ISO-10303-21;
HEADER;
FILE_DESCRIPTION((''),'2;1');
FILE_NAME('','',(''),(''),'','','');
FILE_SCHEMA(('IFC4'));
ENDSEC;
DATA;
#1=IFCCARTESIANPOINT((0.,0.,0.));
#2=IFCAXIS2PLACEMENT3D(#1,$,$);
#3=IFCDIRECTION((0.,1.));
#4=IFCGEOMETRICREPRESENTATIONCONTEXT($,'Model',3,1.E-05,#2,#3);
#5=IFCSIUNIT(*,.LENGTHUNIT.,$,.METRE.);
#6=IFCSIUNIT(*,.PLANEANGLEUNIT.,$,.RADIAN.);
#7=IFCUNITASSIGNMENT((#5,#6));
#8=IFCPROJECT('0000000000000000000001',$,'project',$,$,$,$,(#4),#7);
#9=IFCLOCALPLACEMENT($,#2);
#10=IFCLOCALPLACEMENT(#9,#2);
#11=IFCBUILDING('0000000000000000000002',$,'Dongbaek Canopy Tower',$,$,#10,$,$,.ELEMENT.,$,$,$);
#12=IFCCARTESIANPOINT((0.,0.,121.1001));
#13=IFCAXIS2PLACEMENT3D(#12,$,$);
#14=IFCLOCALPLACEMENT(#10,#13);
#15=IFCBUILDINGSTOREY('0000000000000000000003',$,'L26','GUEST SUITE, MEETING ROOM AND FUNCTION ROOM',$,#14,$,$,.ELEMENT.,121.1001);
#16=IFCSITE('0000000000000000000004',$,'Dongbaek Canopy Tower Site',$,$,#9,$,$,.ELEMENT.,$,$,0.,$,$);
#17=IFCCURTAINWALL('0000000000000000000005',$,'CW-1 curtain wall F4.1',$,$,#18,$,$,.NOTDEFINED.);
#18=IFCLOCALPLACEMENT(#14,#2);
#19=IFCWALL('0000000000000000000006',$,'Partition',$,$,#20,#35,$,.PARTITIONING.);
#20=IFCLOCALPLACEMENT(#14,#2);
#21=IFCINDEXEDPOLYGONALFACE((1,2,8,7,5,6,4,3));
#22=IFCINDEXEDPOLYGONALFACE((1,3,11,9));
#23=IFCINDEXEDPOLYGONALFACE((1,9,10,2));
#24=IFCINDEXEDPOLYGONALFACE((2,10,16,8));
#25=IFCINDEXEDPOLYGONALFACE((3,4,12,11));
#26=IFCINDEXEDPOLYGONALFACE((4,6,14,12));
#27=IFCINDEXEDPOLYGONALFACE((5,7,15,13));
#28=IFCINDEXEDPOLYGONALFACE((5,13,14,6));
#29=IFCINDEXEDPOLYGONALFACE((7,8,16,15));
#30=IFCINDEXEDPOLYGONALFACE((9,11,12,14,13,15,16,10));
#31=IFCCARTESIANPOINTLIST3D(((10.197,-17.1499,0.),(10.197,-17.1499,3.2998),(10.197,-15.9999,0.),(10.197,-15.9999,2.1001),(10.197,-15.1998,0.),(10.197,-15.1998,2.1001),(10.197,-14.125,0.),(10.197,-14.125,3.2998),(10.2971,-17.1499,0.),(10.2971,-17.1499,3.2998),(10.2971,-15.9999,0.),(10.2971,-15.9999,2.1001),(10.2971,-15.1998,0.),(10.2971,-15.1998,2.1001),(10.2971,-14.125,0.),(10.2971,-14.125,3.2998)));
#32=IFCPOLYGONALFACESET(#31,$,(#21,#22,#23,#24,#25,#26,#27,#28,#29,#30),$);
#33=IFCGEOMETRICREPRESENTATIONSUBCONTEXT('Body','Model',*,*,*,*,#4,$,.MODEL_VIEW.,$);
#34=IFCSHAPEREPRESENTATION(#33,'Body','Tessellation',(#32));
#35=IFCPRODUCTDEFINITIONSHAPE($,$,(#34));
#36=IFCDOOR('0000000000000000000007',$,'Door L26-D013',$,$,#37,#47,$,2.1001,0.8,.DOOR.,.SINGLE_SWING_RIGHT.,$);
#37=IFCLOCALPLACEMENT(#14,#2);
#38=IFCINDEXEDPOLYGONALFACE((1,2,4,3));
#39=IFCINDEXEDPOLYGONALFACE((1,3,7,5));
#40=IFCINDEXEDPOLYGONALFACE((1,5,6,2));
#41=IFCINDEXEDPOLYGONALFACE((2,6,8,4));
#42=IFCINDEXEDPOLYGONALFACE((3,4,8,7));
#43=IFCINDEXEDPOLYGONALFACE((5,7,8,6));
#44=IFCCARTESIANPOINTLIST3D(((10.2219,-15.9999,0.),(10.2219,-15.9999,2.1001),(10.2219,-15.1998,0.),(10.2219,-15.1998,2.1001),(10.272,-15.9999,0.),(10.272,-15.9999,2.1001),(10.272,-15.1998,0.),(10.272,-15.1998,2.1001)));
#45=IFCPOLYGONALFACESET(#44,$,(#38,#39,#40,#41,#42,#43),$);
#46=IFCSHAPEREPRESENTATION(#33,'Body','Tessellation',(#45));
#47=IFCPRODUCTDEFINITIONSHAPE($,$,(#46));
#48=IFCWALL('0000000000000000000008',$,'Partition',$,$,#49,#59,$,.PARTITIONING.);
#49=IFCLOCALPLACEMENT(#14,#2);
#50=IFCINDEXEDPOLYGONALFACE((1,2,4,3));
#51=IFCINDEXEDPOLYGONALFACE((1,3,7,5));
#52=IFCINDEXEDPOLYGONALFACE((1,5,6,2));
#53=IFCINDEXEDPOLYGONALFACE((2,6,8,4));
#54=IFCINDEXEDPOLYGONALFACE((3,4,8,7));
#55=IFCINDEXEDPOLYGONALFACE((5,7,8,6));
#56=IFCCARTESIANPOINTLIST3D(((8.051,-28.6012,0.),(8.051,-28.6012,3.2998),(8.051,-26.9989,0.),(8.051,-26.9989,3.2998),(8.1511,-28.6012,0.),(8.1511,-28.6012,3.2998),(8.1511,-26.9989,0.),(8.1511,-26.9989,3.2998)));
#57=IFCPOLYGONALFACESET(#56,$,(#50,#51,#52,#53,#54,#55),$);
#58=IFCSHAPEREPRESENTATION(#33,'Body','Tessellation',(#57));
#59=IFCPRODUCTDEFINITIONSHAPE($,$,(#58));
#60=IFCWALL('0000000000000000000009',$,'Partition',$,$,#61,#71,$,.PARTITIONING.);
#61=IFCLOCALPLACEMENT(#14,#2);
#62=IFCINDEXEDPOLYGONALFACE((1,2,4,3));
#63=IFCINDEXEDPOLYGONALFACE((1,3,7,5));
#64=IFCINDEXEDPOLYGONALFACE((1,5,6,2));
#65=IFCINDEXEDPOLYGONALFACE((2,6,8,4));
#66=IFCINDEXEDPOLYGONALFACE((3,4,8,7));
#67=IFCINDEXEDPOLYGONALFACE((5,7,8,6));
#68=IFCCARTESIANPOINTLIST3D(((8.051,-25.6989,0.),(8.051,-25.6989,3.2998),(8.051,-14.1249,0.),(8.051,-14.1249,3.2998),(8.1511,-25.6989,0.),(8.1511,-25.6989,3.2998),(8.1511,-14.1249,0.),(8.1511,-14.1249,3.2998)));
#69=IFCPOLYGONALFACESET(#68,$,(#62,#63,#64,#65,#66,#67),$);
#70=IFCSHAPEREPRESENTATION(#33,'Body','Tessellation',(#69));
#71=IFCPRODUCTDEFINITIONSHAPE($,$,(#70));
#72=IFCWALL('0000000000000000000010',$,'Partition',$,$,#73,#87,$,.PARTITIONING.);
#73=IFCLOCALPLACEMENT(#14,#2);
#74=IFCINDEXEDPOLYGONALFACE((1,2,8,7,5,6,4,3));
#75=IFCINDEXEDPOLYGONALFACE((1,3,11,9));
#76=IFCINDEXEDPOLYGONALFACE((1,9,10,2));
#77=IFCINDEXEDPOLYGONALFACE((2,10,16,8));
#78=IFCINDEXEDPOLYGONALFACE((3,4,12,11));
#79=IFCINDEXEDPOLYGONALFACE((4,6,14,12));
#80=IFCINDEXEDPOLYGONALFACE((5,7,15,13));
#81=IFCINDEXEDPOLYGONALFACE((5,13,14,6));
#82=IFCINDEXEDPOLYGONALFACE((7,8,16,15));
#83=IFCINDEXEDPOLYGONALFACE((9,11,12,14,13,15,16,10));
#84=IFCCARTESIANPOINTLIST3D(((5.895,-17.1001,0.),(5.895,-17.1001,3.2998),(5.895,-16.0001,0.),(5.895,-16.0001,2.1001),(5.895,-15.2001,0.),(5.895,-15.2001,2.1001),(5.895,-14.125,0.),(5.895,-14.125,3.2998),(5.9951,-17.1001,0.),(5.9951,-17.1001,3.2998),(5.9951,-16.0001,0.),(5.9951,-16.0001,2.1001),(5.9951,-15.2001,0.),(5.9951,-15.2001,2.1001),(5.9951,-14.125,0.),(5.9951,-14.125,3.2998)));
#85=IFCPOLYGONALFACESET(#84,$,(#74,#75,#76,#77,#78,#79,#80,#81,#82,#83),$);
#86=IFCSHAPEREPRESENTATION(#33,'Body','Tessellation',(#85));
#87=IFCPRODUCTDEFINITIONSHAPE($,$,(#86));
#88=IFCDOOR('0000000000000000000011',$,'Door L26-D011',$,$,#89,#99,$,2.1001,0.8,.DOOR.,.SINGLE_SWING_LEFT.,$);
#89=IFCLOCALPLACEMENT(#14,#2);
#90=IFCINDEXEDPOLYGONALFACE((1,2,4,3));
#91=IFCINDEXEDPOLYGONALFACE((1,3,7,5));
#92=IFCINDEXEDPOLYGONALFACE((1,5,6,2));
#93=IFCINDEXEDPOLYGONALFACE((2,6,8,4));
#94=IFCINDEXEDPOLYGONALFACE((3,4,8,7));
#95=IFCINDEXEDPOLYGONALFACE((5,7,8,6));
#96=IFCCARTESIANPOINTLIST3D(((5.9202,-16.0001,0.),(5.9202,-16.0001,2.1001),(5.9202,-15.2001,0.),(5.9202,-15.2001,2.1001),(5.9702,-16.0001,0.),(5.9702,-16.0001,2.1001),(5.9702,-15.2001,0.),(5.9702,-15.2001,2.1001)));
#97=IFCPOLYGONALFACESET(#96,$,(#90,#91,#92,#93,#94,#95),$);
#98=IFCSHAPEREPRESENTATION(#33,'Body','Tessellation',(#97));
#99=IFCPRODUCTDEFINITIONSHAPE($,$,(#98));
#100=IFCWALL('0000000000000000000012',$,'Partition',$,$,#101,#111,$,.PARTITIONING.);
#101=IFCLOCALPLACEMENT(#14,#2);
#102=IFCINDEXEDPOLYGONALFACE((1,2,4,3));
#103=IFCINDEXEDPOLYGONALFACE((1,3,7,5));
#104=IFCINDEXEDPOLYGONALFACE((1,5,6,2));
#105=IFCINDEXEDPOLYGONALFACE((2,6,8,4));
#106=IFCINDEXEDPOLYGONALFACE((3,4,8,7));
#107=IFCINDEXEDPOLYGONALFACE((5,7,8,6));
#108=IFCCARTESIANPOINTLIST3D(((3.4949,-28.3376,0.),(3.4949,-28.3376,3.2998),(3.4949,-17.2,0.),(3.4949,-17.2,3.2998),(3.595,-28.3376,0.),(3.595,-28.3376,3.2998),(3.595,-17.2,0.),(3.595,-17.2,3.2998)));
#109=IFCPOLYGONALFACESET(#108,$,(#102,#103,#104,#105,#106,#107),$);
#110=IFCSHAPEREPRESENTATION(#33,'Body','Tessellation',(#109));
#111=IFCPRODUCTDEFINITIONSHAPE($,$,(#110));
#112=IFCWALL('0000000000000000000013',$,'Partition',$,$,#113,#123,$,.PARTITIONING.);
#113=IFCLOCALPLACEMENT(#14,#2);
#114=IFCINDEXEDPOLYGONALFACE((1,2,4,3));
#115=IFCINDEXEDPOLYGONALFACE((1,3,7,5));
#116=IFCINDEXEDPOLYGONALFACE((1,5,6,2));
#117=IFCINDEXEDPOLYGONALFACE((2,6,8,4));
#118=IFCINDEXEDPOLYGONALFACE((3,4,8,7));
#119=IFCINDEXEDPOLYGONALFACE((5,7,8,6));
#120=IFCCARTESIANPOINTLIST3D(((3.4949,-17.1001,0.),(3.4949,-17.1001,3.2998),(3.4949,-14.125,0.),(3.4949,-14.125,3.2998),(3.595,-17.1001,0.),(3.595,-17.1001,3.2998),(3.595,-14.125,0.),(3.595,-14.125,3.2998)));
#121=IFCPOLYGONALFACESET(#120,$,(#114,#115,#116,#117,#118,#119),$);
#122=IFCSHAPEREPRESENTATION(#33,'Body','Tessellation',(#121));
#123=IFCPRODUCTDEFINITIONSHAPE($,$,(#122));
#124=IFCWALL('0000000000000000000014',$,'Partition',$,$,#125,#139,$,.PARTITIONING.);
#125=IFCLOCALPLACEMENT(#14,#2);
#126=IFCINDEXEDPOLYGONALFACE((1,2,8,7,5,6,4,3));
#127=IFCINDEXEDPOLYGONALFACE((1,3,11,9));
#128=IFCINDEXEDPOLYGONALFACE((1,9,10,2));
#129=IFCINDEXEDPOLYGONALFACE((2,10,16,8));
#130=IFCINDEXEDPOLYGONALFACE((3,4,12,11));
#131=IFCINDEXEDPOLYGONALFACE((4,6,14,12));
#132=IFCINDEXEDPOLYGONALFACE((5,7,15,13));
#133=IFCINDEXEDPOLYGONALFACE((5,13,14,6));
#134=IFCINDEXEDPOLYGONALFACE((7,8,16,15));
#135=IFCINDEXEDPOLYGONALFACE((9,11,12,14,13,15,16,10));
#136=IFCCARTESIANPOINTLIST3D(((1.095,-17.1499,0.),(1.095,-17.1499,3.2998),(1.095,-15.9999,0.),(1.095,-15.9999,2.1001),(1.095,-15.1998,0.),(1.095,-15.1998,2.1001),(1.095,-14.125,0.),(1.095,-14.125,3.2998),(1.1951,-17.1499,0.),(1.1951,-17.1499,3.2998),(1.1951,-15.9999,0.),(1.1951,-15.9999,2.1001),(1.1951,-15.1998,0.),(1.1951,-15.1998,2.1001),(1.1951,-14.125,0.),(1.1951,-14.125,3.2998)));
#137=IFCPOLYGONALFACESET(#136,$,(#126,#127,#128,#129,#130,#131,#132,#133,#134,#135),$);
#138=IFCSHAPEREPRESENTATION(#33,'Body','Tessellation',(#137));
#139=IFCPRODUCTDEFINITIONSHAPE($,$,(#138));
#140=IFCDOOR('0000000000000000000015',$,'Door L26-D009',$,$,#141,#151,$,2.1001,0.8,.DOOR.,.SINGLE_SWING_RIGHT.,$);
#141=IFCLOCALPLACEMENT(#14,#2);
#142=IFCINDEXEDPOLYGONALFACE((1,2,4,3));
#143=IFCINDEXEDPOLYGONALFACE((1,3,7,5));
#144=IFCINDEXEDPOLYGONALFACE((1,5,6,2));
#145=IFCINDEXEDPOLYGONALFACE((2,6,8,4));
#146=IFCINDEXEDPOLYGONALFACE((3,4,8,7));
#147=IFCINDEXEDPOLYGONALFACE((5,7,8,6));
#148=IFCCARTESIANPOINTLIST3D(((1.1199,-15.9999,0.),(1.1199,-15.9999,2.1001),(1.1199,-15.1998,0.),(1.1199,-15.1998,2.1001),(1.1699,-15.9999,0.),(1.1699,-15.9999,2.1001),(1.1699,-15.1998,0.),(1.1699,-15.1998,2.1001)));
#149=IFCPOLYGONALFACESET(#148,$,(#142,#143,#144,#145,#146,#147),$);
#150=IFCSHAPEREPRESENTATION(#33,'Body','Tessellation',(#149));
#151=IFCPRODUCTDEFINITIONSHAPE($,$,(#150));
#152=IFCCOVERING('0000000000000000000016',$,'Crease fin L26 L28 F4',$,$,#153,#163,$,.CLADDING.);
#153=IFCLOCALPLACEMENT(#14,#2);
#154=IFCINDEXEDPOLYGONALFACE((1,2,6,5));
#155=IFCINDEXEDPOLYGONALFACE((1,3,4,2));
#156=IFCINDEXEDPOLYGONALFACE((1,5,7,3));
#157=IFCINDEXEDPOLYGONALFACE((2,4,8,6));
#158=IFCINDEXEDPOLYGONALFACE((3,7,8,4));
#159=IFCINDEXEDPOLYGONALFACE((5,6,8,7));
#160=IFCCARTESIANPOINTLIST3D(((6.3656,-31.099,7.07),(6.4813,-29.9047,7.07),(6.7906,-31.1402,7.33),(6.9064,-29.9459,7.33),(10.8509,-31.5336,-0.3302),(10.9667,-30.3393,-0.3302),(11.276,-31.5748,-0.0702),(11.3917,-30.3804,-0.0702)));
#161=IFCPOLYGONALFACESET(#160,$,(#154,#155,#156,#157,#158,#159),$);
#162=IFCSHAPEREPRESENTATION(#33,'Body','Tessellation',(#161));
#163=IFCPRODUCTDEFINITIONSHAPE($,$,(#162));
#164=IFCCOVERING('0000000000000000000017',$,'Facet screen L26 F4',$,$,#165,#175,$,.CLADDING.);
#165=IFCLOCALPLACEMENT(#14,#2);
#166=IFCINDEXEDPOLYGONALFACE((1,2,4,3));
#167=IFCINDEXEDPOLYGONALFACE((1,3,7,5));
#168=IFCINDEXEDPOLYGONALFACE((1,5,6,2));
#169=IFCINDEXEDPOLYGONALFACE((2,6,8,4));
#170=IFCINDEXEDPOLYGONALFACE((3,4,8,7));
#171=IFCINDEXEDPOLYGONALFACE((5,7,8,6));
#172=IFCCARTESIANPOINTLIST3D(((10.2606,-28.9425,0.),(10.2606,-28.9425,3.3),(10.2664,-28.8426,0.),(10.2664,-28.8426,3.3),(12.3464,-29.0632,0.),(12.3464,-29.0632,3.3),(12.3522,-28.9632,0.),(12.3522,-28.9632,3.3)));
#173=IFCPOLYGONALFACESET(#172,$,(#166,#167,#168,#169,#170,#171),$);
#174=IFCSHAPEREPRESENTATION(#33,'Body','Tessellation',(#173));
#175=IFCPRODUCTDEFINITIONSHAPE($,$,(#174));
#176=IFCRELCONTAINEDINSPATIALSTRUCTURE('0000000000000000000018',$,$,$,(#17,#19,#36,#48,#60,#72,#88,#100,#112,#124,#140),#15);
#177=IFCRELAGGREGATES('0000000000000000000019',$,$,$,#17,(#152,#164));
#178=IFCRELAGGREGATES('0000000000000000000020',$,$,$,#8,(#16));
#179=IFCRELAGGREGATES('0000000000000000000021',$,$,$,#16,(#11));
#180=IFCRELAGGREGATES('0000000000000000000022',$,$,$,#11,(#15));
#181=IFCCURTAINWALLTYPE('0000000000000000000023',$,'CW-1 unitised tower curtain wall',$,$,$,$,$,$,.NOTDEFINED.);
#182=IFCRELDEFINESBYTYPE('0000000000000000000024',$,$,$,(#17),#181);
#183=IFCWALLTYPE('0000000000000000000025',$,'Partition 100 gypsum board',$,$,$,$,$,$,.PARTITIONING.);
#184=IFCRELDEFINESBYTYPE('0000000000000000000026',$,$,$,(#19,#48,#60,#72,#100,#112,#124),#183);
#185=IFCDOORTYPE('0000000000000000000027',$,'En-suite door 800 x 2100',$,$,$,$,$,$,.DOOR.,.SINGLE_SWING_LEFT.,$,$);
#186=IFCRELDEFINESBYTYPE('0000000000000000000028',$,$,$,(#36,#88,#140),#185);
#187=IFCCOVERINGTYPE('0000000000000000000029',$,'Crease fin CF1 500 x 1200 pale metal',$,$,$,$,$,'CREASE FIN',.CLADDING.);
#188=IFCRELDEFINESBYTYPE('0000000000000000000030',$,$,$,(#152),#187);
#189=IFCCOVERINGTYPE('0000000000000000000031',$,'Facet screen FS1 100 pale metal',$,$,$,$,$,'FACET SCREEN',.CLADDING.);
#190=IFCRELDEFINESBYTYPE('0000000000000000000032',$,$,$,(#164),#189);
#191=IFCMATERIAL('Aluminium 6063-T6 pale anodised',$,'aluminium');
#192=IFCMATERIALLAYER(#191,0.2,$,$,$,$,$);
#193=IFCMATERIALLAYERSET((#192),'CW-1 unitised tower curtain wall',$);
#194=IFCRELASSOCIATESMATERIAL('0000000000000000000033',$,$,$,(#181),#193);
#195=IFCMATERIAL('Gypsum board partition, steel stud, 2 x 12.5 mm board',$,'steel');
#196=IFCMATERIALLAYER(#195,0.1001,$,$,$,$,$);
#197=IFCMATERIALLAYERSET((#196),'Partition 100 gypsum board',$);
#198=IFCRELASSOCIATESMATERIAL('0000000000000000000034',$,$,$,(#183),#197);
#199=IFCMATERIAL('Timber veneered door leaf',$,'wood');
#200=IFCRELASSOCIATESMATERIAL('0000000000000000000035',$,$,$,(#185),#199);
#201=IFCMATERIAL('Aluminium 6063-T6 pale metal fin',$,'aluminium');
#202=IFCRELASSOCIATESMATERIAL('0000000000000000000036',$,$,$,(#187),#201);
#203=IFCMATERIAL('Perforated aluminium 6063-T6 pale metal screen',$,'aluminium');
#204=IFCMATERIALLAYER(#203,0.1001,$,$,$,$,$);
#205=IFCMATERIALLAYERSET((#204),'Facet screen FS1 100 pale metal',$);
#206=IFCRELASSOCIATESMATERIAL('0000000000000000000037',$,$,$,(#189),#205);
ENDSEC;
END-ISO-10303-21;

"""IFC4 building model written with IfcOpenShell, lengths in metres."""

from ifc_helpers import new_model, si_unit, direction, frame, frame_2d, origin, origin_2d, place, context, subcontext, project, spatial, rectangle, extrude, material, layer, layer_set, material_profile, profile_set, type_object, element, fill, aggregate, save


model = new_model("IFC4")

# Units and contexts
model_context = context("Model", 3, precision=1e-05, world=origin(), true_north=direction((0.0, 1.0)))
body_context = subcontext(model_context, "Body", "Model", "MODEL_VIEW")
ifc_project = project(units=[si_unit("LENGTHUNIT", "METRE"), si_unit("PLANEANGLEUNIT", "RADIAN")], contexts=[model_context])

# Site, building, storey
site_placement = place(None, origin())
site = spatial("IfcSite", under=ifc_project, at=site_placement, Name="Dongbaek Canopy Tower Site", CompositionType="ELEMENT", RefElevation=0.0)
building_placement = place(site_placement, origin())
building = spatial("IfcBuilding", under=site, at=building_placement, Name="Dongbaek Canopy Tower", CompositionType="ELEMENT")
storey_placement = place(building_placement, frame((0.0, 0.0, 121.1001)))
storey = spatial("IfcBuildingStorey", under=building, at=storey_placement, Name="L26", Description="GUEST SUITE, MEETING ROOM AND FUNCTION ROOM", CompositionType="ELEMENT", Elevation=121.1001)

# Curtain wall
ifc_material_1 = material(Name="Aluminium 6063-T6 pale anodised", Category="aluminium")
ifc_layer_1 = layer(ifc_material_1, 0.2)
ifc_layer_set_1 = layer_set([ifc_layer_1], Name="CW-1 unitised tower curtain wall")
curtain_wall_type = type_object("IfcCurtainWallType", Name="CW-1 unitised tower curtain wall", PredefinedType="NOTDEFINED", material=ifc_layer_set_1)
curtain_wall_placement = place(storey_placement, origin())
curtain_wall = element("IfcCurtainWall", 1, at=curtain_wall_placement, inside=storey, type_object=curtain_wall_type, Name="CW-1 curtain wall F4.1", PredefinedType="NOTDEFINED")

# Shared definitions
ifc_material_2 = material(Name="Gypsum board partition, steel stud, 2 x 12.5 mm board", Category="steel")
ifc_layer_2 = layer(ifc_material_2, 0.1001)
ifc_layer_set_2 = layer_set([ifc_layer_2], Name="Partition 100 gypsum board")
wall_type = type_object("IfcWallType", Name="Partition 100 gypsum board", PredefinedType="PARTITIONING", material=ifc_layer_set_2)

# Wall, opening, door
wall_1_placement = place(storey_placement, frame((10.2471, -14.125, 0.0), z_axis=(0.0, 0.0, 1.0), x_axis=(0.0, -1.0, 0.0)))
wall_1 = element("IfcWall", 2, at=wall_1_placement, inside=storey, type_object=wall_type, Name="Partition", PredefinedType="PARTITIONING", context=body_context, shape_type="SweptSolid", body=[
    extrude(rectangle(XDim=3.0249, YDim=0.1001, at=frame_2d((1.5125, 0.0))), origin(), (0.0, 0.0, 1.0), 3.2998),
])
opening_1_placement = place(wall_1_placement, frame((1.075, 0.0, 0.0)))
opening_1 = element("IfcOpeningElement", 3, at=opening_1_placement, cuts=wall_1, PredefinedType="OPENING", context=body_context, shape_type="SweptSolid", body=[
    extrude(rectangle(XDim=0.8, YDim=2.1001, at=frame_2d((0.3999, 1.05))), frame((0.0, 0.0601, 0.0), z_axis=(0.0, -1.0, 0.0), x_axis=(1.0, 0.0, 0.0)), (0.0, 0.0, 1.0), 0.1201),
])
ifc_material_3 = material(Name="Timber veneered door leaf", Category="wood")
door_type = type_object("IfcDoorType", Name="En-suite door 800 x 2100", OperationType="SINGLE_SWING_LEFT", PredefinedType="DOOR", material=ifc_material_3)
door_1_placement = place(opening_1_placement, origin())
door_1 = element("IfcDoor", 4, at=door_1_placement, inside=storey, type_object=door_type, Name="Door L26-D013", OperationType="SINGLE_SWING_RIGHT", OverallHeight=2.1001, OverallWidth=0.8, PredefinedType="DOOR", context=body_context, shape_type="SweptSolid", body=[
    extrude(rectangle(XDim=0.8, YDim=2.1001, at=frame_2d((0.3999, 1.05))), frame((0.0, 0.0249, 0.0), z_axis=(0.0, -1.0, 0.0), x_axis=(1.0, 0.0, 0.0)), (0.0, 0.0, 1.0), 0.05),
])
fill(opening_1, door_1)

# Walls
wall_2_placement = place(storey_placement, frame((8.1011, -28.6013, 0.0), z_axis=(0.0, 0.0, 1.0), x_axis=(0.0, 1.0, 0.0)))
element("IfcWall", 5, at=wall_2_placement, inside=storey, type_object=wall_type, Name="Partition", PredefinedType="PARTITIONING", context=body_context, shape_type="SweptSolid", body=[
    extrude(rectangle(XDim=1.6023, YDim=0.1001, at=frame_2d((0.8013, 0.0))), origin(), (0.0, 0.0, 1.0), 3.2998),
])
wall_3_placement = place(storey_placement, frame((8.1011, -25.699, 0.0), z_axis=(0.0, 0.0, 1.0), x_axis=(0.0, 1.0, 0.0)))
element("IfcWall", 6, at=wall_3_placement, inside=storey, type_object=wall_type, Name="Partition", PredefinedType="PARTITIONING", context=body_context, shape_type="SweptSolid", body=[
    extrude(rectangle(XDim=11.574, YDim=0.1001, at=frame_2d((5.7871, 0.0))), origin(), (0.0, 0.0, 1.0), 3.2998),
])

# Wall, opening, door
wall_4_placement = place(storey_placement, frame((5.9451, -17.1001, 0.0), z_axis=(0.0, 0.0, 1.0), x_axis=(0.0, 1.0, 0.0)))
wall_4 = element("IfcWall", 7, at=wall_4_placement, inside=storey, type_object=wall_type, Name="Partition", PredefinedType="PARTITIONING", context=body_context, shape_type="SweptSolid", body=[
    extrude(rectangle(XDim=2.9751, YDim=0.1001, at=frame_2d((1.4875, 0.0))), origin(), (0.0, 0.0, 1.0), 3.2998),
])
opening_2_placement = place(wall_4_placement, frame((1.1001, 0.0, 0.0)))
opening_2 = element("IfcOpeningElement", 8, at=opening_2_placement, cuts=wall_4, PredefinedType="OPENING", context=body_context, shape_type="SweptSolid", body=[
    extrude(rectangle(XDim=0.8, YDim=2.1001, at=frame_2d((0.3999, 1.05))), frame((0.0, 0.0601, 0.0), z_axis=(0.0, -1.0, 0.0), x_axis=(1.0, 0.0, 0.0)), (0.0, 0.0, 1.0), 0.1201),
])
door_2_placement = place(opening_2_placement, origin())
door_2 = element("IfcDoor", 9, at=door_2_placement, inside=storey, type_object=door_type, Name="Door L26-D011", OperationType="SINGLE_SWING_LEFT", OverallHeight=2.1001, OverallWidth=0.8, PredefinedType="DOOR", context=body_context, shape_type="SweptSolid", body=[
    extrude(rectangle(XDim=0.8, YDim=2.1001, at=frame_2d((0.3999, 1.05))), frame((0.0, 0.0249, 0.0), z_axis=(0.0, -1.0, 0.0), x_axis=(1.0, 0.0, 0.0)), (0.0, 0.0, 1.0), 0.05),
])
fill(opening_2, door_2)

# Walls
wall_5_placement = place(storey_placement, frame((3.5449, -28.3376, 0.0), z_axis=(0.0, 0.0, 1.0), x_axis=(0.0, 1.0, 0.0)))
element("IfcWall", 10, at=wall_5_placement, inside=storey, type_object=wall_type, Name="Partition", PredefinedType="PARTITIONING", context=body_context, shape_type="SweptSolid", body=[
    extrude(rectangle(XDim=11.1377, YDim=0.1001, at=frame_2d((5.5688, 0.0))), origin(), (0.0, 0.0, 1.0), 3.2998),
])
wall_6_placement = place(storey_placement, frame((3.5449, -17.1001, 0.0), z_axis=(0.0, 0.0, 1.0), x_axis=(0.0, 1.0, 0.0)))
element("IfcWall", 11, at=wall_6_placement, inside=storey, type_object=wall_type, Name="Partition", PredefinedType="PARTITIONING", context=body_context, shape_type="SweptSolid", body=[
    extrude(rectangle(XDim=2.9751, YDim=0.1001, at=frame_2d((1.4875, 0.0))), origin(), (0.0, 0.0, 1.0), 3.2998),
])

# Wall, opening, door
wall_7_placement = place(storey_placement, frame((1.145, -14.125, 0.0), z_axis=(0.0, 0.0, 1.0), x_axis=(0.0, -1.0, 0.0)))
wall_7 = element("IfcWall", 12, at=wall_7_placement, inside=storey, type_object=wall_type, Name="Partition", PredefinedType="PARTITIONING", context=body_context, shape_type="SweptSolid", body=[
    extrude(rectangle(XDim=3.0249, YDim=0.1001, at=frame_2d((1.5125, 0.0))), origin(), (0.0, 0.0, 1.0), 3.2998),
])
opening_3_placement = place(wall_7_placement, frame((1.075, 0.0, 0.0)))
opening_3 = element("IfcOpeningElement", 13, at=opening_3_placement, cuts=wall_7, PredefinedType="OPENING", context=body_context, shape_type="SweptSolid", body=[
    extrude(rectangle(XDim=0.8, YDim=2.1001, at=frame_2d((0.3999, 1.05))), frame((0.0, 0.0601, 0.0), z_axis=(0.0, -1.0, 0.0), x_axis=(1.0, 0.0, 0.0)), (0.0, 0.0, 1.0), 0.1201),
])
door_3_placement = place(opening_3_placement, origin())
door_3 = element("IfcDoor", 14, at=door_3_placement, inside=storey, type_object=door_type, Name="Door L26-D009", OperationType="SINGLE_SWING_RIGHT", OverallHeight=2.1001, OverallWidth=0.8, PredefinedType="DOOR", context=body_context, shape_type="SweptSolid", body=[
    extrude(rectangle(XDim=0.8, YDim=2.1001, at=frame_2d((0.3999, 1.05))), frame((0.0, 0.0249, 0.0), z_axis=(0.0, -1.0, 0.0), x_axis=(1.0, 0.0, 0.0)), (0.0, 0.0, 1.0), 0.05),
])
fill(opening_3, door_3)

# Coverings
ifc_material_4 = material(Name="Aluminium 6063-T6 pale metal fin", Category="aluminium")
ifc_material_profile_1 = material_profile(ifc_material_4, rectangle(XDim=1.2, YDim=0.5, at=origin_2d()), Name="Crease fin CF1 500 x 1200 pale metal")
ifc_profile_set_1 = profile_set([ifc_material_profile_1], Name="Aluminium 6063-T6 pale metal fin")
covering_type_1 = type_object("IfcCoveringType", Name="Crease fin CF1 500 x 1200 pale metal", ElementType="CREASE FIN", PredefinedType="CLADDING", material=ifc_profile_set_1)
covering_1_placement = place(storey_placement, frame((11.1213, -30.957, -0.2002), z_axis=(-0.517684, 0.050157, 0.8541), x_axis=(-0.096435, -0.995339, 0.0)))
covering_1 = element("IfcCovering", 15, at=covering_1_placement, type_object=covering_type_1, Name="Crease fin L26 L28 F4", PredefinedType="CLADDING", context=body_context, shape_type="SweptSolid", body=[
    extrude(rectangle(XDim=1.2, YDim=0.5, at=origin_2d()), origin(), (0.0, 0.0, 1.0), 8.6643),
])
ifc_material_5 = material(Name="Perforated aluminium 6063-T6 pale metal screen", Category="aluminium")
ifc_layer_3 = layer(ifc_material_5, 0.1001)
ifc_layer_set_3 = layer_set([ifc_layer_3], Name="Facet screen FS1 100 pale metal")
covering_type_2 = type_object("IfcCoveringType", Name="Facet screen FS1 100 pale metal", ElementType="FACET SCREEN", PredefinedType="CLADDING", material=ifc_layer_set_3)
covering_2_placement = place(storey_placement, frame((11.3064, -28.9529, 0.0), z_axis=(0.0, 0.0, 1.0), x_axis=(0.998331, -0.057754, 0.0)))
covering_2 = element("IfcCovering", 16, at=covering_2_placement, type_object=covering_type_2, Name="Facet screen L26 F4", PredefinedType="CLADDING", context=body_context, shape_type="SweptSolid", body=[
    extrude(rectangle(XDim=2.0894, YDim=0.1001, at=origin_2d()), origin(), (0.0, 0.0, 1.0), 3.3),
])
aggregate(curtain_wall, [covering_1, covering_2])

save(model, "model.ifc")
